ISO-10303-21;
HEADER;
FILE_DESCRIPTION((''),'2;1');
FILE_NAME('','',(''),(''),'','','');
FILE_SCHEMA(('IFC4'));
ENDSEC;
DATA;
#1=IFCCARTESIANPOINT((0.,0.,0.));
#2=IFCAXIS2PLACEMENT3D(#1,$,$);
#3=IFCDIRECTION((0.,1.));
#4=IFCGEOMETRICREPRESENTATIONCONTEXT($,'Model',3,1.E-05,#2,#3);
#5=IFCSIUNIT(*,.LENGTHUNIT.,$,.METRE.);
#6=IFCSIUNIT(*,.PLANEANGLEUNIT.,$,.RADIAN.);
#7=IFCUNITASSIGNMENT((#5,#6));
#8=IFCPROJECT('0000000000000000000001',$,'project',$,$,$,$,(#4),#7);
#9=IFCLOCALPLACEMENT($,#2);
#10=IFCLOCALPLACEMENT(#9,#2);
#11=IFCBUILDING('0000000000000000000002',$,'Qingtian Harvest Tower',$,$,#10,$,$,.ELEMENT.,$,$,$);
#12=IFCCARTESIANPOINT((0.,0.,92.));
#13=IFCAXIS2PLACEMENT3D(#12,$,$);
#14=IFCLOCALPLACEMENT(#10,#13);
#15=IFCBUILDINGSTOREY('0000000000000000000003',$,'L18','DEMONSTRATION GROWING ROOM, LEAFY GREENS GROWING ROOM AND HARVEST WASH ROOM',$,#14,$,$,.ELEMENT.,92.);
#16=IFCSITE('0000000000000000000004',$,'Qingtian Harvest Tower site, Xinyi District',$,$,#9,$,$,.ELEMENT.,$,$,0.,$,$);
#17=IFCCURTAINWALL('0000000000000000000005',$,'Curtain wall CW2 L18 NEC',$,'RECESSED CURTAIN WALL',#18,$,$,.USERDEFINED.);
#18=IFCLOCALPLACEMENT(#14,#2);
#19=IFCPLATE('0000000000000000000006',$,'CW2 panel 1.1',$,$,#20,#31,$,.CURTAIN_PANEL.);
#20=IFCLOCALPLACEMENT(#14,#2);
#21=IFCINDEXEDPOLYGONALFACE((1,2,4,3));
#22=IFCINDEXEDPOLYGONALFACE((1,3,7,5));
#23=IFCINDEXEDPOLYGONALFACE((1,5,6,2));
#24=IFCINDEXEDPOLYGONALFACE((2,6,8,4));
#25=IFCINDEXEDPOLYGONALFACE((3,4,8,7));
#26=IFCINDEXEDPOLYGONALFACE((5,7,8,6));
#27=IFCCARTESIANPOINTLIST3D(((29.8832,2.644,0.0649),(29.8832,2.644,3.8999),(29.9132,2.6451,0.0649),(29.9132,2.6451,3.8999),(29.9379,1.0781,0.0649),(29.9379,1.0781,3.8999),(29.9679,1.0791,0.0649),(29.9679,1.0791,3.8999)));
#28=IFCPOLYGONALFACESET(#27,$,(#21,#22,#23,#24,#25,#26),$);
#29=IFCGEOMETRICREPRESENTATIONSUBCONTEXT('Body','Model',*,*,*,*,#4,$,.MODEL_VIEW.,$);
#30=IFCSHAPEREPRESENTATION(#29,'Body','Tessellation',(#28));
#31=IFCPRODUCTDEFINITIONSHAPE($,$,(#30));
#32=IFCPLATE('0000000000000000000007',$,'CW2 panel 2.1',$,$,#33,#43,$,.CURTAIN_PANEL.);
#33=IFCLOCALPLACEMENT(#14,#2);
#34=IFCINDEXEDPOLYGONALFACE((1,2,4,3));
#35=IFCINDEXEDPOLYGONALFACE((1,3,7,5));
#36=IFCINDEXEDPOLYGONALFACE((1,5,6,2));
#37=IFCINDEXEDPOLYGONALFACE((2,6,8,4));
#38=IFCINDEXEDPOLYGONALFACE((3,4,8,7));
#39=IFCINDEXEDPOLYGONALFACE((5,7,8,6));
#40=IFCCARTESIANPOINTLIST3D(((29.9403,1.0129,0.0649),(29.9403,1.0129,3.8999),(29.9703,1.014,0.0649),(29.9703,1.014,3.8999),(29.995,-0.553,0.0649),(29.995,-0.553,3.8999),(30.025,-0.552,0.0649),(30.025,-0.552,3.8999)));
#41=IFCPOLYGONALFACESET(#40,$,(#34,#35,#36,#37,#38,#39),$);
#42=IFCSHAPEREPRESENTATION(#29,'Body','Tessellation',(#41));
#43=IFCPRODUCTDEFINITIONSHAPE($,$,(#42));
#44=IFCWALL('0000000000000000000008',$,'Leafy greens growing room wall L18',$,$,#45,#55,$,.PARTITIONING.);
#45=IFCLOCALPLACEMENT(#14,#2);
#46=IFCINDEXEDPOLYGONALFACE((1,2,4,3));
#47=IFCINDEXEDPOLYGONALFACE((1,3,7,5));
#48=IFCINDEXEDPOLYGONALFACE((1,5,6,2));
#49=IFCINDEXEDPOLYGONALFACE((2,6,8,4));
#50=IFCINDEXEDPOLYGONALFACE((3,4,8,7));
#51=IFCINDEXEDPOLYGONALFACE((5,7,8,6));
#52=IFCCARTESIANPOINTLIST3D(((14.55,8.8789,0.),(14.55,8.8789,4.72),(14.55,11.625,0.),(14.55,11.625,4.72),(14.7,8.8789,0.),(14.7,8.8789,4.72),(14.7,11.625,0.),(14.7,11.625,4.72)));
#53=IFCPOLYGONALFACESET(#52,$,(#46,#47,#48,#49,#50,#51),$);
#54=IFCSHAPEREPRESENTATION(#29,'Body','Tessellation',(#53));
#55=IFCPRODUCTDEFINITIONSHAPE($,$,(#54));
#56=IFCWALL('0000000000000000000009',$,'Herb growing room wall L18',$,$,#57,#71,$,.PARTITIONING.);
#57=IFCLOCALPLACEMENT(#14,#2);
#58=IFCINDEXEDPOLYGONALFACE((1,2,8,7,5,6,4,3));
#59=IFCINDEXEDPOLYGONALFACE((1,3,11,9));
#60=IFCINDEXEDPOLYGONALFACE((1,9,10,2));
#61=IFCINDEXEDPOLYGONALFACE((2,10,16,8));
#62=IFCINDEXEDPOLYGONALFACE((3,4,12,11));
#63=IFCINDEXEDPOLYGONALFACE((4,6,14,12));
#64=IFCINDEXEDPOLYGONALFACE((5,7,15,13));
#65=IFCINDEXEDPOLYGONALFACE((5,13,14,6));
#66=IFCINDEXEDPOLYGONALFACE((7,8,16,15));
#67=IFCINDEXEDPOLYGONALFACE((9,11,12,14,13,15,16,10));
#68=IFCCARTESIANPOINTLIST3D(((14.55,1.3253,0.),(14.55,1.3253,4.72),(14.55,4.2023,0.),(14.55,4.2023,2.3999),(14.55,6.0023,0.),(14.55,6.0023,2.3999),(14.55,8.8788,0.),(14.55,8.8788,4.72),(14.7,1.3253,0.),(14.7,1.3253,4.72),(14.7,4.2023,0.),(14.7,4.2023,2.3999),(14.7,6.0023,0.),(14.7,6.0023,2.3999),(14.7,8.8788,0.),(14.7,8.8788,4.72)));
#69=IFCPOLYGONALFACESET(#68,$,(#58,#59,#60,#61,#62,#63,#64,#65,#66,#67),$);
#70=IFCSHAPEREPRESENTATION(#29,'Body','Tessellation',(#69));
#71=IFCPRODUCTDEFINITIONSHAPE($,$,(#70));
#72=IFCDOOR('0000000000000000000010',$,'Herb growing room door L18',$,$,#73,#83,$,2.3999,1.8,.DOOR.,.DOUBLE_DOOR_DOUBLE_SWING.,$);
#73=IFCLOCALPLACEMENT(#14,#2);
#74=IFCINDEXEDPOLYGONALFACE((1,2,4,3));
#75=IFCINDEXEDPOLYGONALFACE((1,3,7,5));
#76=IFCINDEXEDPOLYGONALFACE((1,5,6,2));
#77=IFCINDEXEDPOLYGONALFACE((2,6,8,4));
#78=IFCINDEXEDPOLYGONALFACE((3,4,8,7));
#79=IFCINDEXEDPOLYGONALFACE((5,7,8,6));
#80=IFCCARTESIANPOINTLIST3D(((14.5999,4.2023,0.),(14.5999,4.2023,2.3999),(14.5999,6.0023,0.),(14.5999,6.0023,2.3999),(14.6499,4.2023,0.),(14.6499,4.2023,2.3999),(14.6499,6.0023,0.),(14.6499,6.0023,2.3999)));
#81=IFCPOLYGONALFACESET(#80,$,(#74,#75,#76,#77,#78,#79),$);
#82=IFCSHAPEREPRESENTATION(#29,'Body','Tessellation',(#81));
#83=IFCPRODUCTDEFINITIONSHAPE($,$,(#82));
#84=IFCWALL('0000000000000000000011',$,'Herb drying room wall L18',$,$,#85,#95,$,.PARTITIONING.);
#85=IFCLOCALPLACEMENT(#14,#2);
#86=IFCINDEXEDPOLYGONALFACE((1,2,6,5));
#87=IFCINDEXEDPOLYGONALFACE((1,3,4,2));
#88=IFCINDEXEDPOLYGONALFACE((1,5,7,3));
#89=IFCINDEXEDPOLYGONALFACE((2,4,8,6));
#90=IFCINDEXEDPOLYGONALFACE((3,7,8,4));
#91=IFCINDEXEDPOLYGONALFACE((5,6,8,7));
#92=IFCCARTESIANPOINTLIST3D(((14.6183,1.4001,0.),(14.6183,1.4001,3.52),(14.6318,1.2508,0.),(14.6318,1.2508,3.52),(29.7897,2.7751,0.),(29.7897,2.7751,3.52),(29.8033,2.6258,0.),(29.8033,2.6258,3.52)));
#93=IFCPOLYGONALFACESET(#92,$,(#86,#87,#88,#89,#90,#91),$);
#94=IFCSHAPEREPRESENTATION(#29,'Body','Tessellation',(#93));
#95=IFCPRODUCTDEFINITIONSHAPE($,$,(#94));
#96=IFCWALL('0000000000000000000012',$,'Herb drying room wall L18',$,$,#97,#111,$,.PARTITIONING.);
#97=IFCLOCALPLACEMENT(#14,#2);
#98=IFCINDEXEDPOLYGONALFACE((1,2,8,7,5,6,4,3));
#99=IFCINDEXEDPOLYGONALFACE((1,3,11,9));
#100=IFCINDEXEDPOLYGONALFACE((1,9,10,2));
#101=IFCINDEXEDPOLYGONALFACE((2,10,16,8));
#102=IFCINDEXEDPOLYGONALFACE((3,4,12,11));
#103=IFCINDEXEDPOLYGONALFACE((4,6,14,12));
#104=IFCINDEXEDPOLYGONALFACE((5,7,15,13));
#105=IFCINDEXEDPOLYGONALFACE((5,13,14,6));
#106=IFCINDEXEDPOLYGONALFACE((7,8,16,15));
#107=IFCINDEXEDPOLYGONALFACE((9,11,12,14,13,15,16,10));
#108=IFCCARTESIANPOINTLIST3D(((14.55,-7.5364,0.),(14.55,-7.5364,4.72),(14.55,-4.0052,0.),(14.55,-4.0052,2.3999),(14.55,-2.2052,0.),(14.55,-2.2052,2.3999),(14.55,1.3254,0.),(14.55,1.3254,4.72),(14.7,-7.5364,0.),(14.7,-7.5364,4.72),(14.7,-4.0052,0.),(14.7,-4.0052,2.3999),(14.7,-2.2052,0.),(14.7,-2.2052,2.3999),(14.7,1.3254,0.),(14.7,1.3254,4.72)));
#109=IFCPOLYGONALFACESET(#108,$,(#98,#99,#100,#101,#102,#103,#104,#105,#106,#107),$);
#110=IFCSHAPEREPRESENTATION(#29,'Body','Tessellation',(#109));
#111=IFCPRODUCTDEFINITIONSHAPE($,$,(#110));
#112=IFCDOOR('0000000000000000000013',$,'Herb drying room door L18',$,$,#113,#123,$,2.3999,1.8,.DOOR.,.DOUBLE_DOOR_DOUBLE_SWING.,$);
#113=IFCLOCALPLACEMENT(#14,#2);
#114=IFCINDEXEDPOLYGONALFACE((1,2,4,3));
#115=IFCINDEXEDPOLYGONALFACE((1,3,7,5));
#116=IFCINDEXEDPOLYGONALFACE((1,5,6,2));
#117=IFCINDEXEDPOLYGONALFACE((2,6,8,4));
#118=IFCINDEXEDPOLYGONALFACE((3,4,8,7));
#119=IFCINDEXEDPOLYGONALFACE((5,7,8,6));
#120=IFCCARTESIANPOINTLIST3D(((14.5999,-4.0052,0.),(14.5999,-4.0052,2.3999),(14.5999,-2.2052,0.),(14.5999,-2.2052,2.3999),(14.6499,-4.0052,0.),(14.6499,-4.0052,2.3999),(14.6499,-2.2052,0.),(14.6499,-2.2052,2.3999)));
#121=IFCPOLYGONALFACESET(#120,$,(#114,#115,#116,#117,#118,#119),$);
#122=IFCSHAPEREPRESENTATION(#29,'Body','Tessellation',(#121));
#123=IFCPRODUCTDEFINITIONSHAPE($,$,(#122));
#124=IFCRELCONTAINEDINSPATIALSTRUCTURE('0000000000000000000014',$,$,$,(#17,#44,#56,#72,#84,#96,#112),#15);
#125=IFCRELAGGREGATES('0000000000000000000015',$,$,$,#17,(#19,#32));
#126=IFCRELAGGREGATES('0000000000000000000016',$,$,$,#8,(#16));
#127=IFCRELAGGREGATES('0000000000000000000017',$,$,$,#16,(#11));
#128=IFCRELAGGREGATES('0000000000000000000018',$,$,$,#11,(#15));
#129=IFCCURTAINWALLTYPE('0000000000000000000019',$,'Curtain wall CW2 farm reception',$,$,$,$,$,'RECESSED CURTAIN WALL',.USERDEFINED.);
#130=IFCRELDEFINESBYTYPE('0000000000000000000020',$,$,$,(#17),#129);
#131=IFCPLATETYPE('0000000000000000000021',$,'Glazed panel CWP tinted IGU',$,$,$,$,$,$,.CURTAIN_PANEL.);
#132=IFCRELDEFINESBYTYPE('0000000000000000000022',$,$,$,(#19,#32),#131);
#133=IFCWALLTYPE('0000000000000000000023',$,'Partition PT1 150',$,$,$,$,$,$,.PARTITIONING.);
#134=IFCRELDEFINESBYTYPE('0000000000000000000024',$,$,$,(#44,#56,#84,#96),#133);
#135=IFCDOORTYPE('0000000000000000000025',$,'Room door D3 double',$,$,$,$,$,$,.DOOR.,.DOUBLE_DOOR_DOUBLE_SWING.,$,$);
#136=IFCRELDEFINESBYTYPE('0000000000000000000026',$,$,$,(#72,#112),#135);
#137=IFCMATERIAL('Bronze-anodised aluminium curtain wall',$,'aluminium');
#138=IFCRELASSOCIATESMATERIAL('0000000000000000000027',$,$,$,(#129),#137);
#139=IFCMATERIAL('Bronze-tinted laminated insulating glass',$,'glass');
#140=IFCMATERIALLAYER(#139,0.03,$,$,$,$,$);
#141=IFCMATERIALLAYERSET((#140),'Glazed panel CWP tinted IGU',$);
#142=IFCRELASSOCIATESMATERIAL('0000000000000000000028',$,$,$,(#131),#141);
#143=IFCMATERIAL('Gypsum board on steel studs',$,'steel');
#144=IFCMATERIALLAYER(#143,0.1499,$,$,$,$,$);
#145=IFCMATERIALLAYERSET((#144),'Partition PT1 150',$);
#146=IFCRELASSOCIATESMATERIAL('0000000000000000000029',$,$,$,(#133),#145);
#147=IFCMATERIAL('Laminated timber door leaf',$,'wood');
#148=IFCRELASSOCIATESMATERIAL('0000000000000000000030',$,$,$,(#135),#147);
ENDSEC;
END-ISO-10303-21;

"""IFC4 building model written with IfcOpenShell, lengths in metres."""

from ifc_helpers import new_model, si_unit, direction, frame, frame_2d, origin, origin_2d, place, context, subcontext, project, spatial, rectangle, extrude, material, layer, layer_set, type_object, element, fill, aggregate, save


model = new_model("IFC4")

# Units and contexts
model_context = context("Model", 3, precision=1e-05, world=origin(), true_north=direction((0.0, 1.0)))
body_context = subcontext(model_context, "Body", "Model", "MODEL_VIEW")
ifc_project = project(units=[si_unit("LENGTHUNIT", "METRE"), si_unit("PLANEANGLEUNIT", "RADIAN")], contexts=[model_context])

# Site, building, storey
site_placement = place(None, origin())
site = spatial("IfcSite", under=ifc_project, at=site_placement, Name="Qingtian Harvest Tower site, Xinyi District", CompositionType="ELEMENT", RefElevation=0.0)
building_placement = place(site_placement, origin())
building = spatial("IfcBuilding", under=site, at=building_placement, Name="Qingtian Harvest Tower", CompositionType="ELEMENT")
storey_placement = place(building_placement, frame((0.0, 0.0, 92.0)))
storey = spatial("IfcBuildingStorey", under=building, at=storey_placement, Name="L18", Description="DEMONSTRATION GROWING ROOM, LEAFY GREENS GROWING ROOM AND HARVEST WASH ROOM", CompositionType="ELEMENT", Elevation=92.0)

# Curtain wall
ifc_material_1 = material(Name="Bronze-anodised aluminium curtain wall", Category="aluminium")
curtain_wall_type = type_object("IfcCurtainWallType", Name="Curtain wall CW2 farm reception", ElementType="RECESSED CURTAIN WALL", PredefinedType="USERDEFINED", material=ifc_material_1)
curtain_wall_1_placement = place(storey_placement, origin())
curtain_wall_1 = element("IfcCurtainWall", 1, at=curtain_wall_1_placement, inside=storey, type_object=curtain_wall_type, Name="Curtain wall CW2 L18 NEC", ObjectType="RECESSED CURTAIN WALL", PredefinedType="USERDEFINED")

# Plates
ifc_material_2 = material(Name="Bronze-tinted laminated insulating glass", Category="glass")
ifc_layer_1 = layer(ifc_material_2, 0.03)
ifc_layer_set_1 = layer_set([ifc_layer_1], Name="Glazed panel CWP tinted IGU")
plate_type = type_object("IfcPlateType", Name="Glazed panel CWP tinted IGU", PredefinedType="CURTAIN_PANEL", material=ifc_layer_set_1)
plate_1_placement = place(storey_placement, frame((29.9255, 1.8616, 0.0649), z_axis=(0.0, 0.0, 1.0), x_axis=(0.034899, -0.999391, 0.0)))
plate_1 = element("IfcPlate", 2, at=plate_1_placement, type_object=plate_type, Name="CW2 panel 1.1", PredefinedType="CURTAIN_PANEL", context=body_context, shape_type="SweptSolid", body=[
    extrude(rectangle(XDim=1.5669, YDim=0.03, at=origin_2d()), origin(), (0.0, 0.0, 1.0), 3.835),
])
plate_2_placement = place(storey_placement, frame((29.9827, 0.2305, 0.0649), z_axis=(0.0, 0.0, 1.0), x_axis=(0.034899, -0.999391, 0.0)))
plate_2 = element("IfcPlate", 3, at=plate_2_placement, type_object=plate_type, Name="CW2 panel 2.1", PredefinedType="CURTAIN_PANEL", context=body_context, shape_type="SweptSolid", body=[
    extrude(rectangle(XDim=1.5669, YDim=0.03, at=origin_2d()), origin(), (0.0, 0.0, 1.0), 3.835),
])
aggregate(curtain_wall_1, [plate_1, plate_2])

# Wall
ifc_material_3 = material(Name="Gypsum board on steel studs", Category="steel")
ifc_layer_2 = layer(ifc_material_3, 0.1499)
ifc_layer_set_2 = layer_set([ifc_layer_2], Name="Partition PT1 150")
wall_type = type_object("IfcWallType", Name="Partition PT1 150", PredefinedType="PARTITIONING", material=ifc_layer_set_2)
wall_1_placement = place(storey_placement, frame((14.625, 11.625, 0.0), z_axis=(0.0, 0.0, 1.0), x_axis=(0.0, -1.0, 0.0)))
element("IfcWall", 4, at=wall_1_placement, inside=storey, type_object=wall_type, Name="Leafy greens growing room wall L18", PredefinedType="PARTITIONING", context=body_context, shape_type="SweptSolid", body=[
    extrude(rectangle(XDim=2.7461, YDim=0.1499, at=frame_2d((1.373, 0.0))), origin(), (0.0, 0.0, 1.0), 4.72),
])

# Wall, opening, door
wall_2_placement = place(storey_placement, frame((14.625, 8.8789, 0.0), z_axis=(0.0, 0.0, 1.0), x_axis=(0.0, -1.0, 0.0)))
wall_2 = element("IfcWall", 5, at=wall_2_placement, inside=storey, type_object=wall_type, Name="Herb growing room wall L18", PredefinedType="PARTITIONING", context=body_context, shape_type="SweptSolid", body=[
    extrude(rectangle(XDim=7.5535, YDim=0.1499, at=frame_2d((3.7769, 0.0))), origin(), (0.0, 0.0, 1.0), 4.72),
])
opening_1_placement = place(wall_2_placement, frame((2.8767, 0.0, 0.0)))
opening_1 = element("IfcOpeningElement", 6, at=opening_1_placement, cuts=wall_2, PredefinedType="OPENING", context=body_context, shape_type="SweptSolid", body=[
    extrude(rectangle(XDim=1.8, YDim=2.3999, at=frame_2d((0.8999, 1.2))), frame((0.0, 0.085, 0.0), z_axis=(0.0, -1.0, 0.0), x_axis=(1.0, 0.0, 0.0)), (0.0, 0.0, 1.0), 0.1699),
])
ifc_material_4 = material(Name="Laminated timber door leaf", Category="wood")
door_type = type_object("IfcDoorType", Name="Room door D3 double", OperationType="DOUBLE_DOOR_DOUBLE_SWING", PredefinedType="DOOR", material=ifc_material_4)
door_1_placement = place(opening_1_placement, origin())
door_1 = element("IfcDoor", 7, at=door_1_placement, inside=storey, type_object=door_type, Name="Herb growing room door L18", OperationType="DOUBLE_DOOR_DOUBLE_SWING", OverallHeight=2.3999, OverallWidth=1.8, PredefinedType="DOOR", context=body_context, shape_type="SweptSolid", body=[
    extrude(rectangle(XDim=1.8, YDim=2.3999, at=frame_2d((0.8999, 1.2))), frame((0.0, 0.0249, 0.0), z_axis=(0.0, -1.0, 0.0), x_axis=(1.0, 0.0, 0.0)), (0.0, 0.0, 1.0), 0.05),
])
fill(opening_1, door_1)

# Wall
wall_3_placement = place(storey_placement, frame((29.7964, 2.7004, 0.0), z_axis=(0.0, 0.0, 1.0), x_axis=(-0.995918, -0.090261, 0.0)))
element("IfcWall", 8, at=wall_3_placement, inside=storey, type_object=wall_type, Name="Herb drying room wall L18", PredefinedType="PARTITIONING", context=body_context, shape_type="SweptSolid", body=[
    extrude(rectangle(XDim=15.2336, YDim=0.1499, at=frame_2d((7.6167, 0.0))), origin(), (0.0, 0.0, 1.0), 3.52),
])

# Wall, opening, door
wall_4_placement = place(storey_placement, frame((14.625, 1.3254, 0.0), z_axis=(0.0, 0.0, 1.0), x_axis=(0.0, -1.0, 0.0)))
wall_4 = element("IfcWall", 9, at=wall_4_placement, inside=storey, type_object=wall_type, Name="Herb drying room wall L18", PredefinedType="PARTITIONING", context=body_context, shape_type="SweptSolid", body=[
    extrude(rectangle(XDim=8.8618, YDim=0.1499, at=frame_2d((4.4309, 0.0))), origin(), (0.0, 0.0, 1.0), 4.72),
])
opening_2_placement = place(wall_4_placement, frame((3.5308, 0.0, 0.0)))
opening_2 = element("IfcOpeningElement", 10, at=opening_2_placement, cuts=wall_4, PredefinedType="OPENING", context=body_context, shape_type="SweptSolid", body=[
    extrude(rectangle(XDim=1.8, YDim=2.3999, at=frame_2d((0.8999, 1.2))), frame((0.0, 0.085, 0.0), z_axis=(0.0, -1.0, 0.0), x_axis=(1.0, 0.0, 0.0)), (0.0, 0.0, 1.0), 0.1699),
])
door_2_placement = place(opening_2_placement, origin())
door_2 = element("IfcDoor", 11, at=door_2_placement, inside=storey, type_object=door_type, Name="Herb drying room door L18", OperationType="DOUBLE_DOOR_DOUBLE_SWING", OverallHeight=2.3999, OverallWidth=1.8, PredefinedType="DOOR", context=body_context, shape_type="SweptSolid", body=[
    extrude(rectangle(XDim=1.8, YDim=2.3999, at=frame_2d((0.8999, 1.2))), frame((0.0, 0.0249, 0.0), z_axis=(0.0, -1.0, 0.0), x_axis=(1.0, 0.0, 0.0)), (0.0, 0.0, 1.0), 0.05),
])
fill(opening_2, door_2)

save(model, "model.ifc")
